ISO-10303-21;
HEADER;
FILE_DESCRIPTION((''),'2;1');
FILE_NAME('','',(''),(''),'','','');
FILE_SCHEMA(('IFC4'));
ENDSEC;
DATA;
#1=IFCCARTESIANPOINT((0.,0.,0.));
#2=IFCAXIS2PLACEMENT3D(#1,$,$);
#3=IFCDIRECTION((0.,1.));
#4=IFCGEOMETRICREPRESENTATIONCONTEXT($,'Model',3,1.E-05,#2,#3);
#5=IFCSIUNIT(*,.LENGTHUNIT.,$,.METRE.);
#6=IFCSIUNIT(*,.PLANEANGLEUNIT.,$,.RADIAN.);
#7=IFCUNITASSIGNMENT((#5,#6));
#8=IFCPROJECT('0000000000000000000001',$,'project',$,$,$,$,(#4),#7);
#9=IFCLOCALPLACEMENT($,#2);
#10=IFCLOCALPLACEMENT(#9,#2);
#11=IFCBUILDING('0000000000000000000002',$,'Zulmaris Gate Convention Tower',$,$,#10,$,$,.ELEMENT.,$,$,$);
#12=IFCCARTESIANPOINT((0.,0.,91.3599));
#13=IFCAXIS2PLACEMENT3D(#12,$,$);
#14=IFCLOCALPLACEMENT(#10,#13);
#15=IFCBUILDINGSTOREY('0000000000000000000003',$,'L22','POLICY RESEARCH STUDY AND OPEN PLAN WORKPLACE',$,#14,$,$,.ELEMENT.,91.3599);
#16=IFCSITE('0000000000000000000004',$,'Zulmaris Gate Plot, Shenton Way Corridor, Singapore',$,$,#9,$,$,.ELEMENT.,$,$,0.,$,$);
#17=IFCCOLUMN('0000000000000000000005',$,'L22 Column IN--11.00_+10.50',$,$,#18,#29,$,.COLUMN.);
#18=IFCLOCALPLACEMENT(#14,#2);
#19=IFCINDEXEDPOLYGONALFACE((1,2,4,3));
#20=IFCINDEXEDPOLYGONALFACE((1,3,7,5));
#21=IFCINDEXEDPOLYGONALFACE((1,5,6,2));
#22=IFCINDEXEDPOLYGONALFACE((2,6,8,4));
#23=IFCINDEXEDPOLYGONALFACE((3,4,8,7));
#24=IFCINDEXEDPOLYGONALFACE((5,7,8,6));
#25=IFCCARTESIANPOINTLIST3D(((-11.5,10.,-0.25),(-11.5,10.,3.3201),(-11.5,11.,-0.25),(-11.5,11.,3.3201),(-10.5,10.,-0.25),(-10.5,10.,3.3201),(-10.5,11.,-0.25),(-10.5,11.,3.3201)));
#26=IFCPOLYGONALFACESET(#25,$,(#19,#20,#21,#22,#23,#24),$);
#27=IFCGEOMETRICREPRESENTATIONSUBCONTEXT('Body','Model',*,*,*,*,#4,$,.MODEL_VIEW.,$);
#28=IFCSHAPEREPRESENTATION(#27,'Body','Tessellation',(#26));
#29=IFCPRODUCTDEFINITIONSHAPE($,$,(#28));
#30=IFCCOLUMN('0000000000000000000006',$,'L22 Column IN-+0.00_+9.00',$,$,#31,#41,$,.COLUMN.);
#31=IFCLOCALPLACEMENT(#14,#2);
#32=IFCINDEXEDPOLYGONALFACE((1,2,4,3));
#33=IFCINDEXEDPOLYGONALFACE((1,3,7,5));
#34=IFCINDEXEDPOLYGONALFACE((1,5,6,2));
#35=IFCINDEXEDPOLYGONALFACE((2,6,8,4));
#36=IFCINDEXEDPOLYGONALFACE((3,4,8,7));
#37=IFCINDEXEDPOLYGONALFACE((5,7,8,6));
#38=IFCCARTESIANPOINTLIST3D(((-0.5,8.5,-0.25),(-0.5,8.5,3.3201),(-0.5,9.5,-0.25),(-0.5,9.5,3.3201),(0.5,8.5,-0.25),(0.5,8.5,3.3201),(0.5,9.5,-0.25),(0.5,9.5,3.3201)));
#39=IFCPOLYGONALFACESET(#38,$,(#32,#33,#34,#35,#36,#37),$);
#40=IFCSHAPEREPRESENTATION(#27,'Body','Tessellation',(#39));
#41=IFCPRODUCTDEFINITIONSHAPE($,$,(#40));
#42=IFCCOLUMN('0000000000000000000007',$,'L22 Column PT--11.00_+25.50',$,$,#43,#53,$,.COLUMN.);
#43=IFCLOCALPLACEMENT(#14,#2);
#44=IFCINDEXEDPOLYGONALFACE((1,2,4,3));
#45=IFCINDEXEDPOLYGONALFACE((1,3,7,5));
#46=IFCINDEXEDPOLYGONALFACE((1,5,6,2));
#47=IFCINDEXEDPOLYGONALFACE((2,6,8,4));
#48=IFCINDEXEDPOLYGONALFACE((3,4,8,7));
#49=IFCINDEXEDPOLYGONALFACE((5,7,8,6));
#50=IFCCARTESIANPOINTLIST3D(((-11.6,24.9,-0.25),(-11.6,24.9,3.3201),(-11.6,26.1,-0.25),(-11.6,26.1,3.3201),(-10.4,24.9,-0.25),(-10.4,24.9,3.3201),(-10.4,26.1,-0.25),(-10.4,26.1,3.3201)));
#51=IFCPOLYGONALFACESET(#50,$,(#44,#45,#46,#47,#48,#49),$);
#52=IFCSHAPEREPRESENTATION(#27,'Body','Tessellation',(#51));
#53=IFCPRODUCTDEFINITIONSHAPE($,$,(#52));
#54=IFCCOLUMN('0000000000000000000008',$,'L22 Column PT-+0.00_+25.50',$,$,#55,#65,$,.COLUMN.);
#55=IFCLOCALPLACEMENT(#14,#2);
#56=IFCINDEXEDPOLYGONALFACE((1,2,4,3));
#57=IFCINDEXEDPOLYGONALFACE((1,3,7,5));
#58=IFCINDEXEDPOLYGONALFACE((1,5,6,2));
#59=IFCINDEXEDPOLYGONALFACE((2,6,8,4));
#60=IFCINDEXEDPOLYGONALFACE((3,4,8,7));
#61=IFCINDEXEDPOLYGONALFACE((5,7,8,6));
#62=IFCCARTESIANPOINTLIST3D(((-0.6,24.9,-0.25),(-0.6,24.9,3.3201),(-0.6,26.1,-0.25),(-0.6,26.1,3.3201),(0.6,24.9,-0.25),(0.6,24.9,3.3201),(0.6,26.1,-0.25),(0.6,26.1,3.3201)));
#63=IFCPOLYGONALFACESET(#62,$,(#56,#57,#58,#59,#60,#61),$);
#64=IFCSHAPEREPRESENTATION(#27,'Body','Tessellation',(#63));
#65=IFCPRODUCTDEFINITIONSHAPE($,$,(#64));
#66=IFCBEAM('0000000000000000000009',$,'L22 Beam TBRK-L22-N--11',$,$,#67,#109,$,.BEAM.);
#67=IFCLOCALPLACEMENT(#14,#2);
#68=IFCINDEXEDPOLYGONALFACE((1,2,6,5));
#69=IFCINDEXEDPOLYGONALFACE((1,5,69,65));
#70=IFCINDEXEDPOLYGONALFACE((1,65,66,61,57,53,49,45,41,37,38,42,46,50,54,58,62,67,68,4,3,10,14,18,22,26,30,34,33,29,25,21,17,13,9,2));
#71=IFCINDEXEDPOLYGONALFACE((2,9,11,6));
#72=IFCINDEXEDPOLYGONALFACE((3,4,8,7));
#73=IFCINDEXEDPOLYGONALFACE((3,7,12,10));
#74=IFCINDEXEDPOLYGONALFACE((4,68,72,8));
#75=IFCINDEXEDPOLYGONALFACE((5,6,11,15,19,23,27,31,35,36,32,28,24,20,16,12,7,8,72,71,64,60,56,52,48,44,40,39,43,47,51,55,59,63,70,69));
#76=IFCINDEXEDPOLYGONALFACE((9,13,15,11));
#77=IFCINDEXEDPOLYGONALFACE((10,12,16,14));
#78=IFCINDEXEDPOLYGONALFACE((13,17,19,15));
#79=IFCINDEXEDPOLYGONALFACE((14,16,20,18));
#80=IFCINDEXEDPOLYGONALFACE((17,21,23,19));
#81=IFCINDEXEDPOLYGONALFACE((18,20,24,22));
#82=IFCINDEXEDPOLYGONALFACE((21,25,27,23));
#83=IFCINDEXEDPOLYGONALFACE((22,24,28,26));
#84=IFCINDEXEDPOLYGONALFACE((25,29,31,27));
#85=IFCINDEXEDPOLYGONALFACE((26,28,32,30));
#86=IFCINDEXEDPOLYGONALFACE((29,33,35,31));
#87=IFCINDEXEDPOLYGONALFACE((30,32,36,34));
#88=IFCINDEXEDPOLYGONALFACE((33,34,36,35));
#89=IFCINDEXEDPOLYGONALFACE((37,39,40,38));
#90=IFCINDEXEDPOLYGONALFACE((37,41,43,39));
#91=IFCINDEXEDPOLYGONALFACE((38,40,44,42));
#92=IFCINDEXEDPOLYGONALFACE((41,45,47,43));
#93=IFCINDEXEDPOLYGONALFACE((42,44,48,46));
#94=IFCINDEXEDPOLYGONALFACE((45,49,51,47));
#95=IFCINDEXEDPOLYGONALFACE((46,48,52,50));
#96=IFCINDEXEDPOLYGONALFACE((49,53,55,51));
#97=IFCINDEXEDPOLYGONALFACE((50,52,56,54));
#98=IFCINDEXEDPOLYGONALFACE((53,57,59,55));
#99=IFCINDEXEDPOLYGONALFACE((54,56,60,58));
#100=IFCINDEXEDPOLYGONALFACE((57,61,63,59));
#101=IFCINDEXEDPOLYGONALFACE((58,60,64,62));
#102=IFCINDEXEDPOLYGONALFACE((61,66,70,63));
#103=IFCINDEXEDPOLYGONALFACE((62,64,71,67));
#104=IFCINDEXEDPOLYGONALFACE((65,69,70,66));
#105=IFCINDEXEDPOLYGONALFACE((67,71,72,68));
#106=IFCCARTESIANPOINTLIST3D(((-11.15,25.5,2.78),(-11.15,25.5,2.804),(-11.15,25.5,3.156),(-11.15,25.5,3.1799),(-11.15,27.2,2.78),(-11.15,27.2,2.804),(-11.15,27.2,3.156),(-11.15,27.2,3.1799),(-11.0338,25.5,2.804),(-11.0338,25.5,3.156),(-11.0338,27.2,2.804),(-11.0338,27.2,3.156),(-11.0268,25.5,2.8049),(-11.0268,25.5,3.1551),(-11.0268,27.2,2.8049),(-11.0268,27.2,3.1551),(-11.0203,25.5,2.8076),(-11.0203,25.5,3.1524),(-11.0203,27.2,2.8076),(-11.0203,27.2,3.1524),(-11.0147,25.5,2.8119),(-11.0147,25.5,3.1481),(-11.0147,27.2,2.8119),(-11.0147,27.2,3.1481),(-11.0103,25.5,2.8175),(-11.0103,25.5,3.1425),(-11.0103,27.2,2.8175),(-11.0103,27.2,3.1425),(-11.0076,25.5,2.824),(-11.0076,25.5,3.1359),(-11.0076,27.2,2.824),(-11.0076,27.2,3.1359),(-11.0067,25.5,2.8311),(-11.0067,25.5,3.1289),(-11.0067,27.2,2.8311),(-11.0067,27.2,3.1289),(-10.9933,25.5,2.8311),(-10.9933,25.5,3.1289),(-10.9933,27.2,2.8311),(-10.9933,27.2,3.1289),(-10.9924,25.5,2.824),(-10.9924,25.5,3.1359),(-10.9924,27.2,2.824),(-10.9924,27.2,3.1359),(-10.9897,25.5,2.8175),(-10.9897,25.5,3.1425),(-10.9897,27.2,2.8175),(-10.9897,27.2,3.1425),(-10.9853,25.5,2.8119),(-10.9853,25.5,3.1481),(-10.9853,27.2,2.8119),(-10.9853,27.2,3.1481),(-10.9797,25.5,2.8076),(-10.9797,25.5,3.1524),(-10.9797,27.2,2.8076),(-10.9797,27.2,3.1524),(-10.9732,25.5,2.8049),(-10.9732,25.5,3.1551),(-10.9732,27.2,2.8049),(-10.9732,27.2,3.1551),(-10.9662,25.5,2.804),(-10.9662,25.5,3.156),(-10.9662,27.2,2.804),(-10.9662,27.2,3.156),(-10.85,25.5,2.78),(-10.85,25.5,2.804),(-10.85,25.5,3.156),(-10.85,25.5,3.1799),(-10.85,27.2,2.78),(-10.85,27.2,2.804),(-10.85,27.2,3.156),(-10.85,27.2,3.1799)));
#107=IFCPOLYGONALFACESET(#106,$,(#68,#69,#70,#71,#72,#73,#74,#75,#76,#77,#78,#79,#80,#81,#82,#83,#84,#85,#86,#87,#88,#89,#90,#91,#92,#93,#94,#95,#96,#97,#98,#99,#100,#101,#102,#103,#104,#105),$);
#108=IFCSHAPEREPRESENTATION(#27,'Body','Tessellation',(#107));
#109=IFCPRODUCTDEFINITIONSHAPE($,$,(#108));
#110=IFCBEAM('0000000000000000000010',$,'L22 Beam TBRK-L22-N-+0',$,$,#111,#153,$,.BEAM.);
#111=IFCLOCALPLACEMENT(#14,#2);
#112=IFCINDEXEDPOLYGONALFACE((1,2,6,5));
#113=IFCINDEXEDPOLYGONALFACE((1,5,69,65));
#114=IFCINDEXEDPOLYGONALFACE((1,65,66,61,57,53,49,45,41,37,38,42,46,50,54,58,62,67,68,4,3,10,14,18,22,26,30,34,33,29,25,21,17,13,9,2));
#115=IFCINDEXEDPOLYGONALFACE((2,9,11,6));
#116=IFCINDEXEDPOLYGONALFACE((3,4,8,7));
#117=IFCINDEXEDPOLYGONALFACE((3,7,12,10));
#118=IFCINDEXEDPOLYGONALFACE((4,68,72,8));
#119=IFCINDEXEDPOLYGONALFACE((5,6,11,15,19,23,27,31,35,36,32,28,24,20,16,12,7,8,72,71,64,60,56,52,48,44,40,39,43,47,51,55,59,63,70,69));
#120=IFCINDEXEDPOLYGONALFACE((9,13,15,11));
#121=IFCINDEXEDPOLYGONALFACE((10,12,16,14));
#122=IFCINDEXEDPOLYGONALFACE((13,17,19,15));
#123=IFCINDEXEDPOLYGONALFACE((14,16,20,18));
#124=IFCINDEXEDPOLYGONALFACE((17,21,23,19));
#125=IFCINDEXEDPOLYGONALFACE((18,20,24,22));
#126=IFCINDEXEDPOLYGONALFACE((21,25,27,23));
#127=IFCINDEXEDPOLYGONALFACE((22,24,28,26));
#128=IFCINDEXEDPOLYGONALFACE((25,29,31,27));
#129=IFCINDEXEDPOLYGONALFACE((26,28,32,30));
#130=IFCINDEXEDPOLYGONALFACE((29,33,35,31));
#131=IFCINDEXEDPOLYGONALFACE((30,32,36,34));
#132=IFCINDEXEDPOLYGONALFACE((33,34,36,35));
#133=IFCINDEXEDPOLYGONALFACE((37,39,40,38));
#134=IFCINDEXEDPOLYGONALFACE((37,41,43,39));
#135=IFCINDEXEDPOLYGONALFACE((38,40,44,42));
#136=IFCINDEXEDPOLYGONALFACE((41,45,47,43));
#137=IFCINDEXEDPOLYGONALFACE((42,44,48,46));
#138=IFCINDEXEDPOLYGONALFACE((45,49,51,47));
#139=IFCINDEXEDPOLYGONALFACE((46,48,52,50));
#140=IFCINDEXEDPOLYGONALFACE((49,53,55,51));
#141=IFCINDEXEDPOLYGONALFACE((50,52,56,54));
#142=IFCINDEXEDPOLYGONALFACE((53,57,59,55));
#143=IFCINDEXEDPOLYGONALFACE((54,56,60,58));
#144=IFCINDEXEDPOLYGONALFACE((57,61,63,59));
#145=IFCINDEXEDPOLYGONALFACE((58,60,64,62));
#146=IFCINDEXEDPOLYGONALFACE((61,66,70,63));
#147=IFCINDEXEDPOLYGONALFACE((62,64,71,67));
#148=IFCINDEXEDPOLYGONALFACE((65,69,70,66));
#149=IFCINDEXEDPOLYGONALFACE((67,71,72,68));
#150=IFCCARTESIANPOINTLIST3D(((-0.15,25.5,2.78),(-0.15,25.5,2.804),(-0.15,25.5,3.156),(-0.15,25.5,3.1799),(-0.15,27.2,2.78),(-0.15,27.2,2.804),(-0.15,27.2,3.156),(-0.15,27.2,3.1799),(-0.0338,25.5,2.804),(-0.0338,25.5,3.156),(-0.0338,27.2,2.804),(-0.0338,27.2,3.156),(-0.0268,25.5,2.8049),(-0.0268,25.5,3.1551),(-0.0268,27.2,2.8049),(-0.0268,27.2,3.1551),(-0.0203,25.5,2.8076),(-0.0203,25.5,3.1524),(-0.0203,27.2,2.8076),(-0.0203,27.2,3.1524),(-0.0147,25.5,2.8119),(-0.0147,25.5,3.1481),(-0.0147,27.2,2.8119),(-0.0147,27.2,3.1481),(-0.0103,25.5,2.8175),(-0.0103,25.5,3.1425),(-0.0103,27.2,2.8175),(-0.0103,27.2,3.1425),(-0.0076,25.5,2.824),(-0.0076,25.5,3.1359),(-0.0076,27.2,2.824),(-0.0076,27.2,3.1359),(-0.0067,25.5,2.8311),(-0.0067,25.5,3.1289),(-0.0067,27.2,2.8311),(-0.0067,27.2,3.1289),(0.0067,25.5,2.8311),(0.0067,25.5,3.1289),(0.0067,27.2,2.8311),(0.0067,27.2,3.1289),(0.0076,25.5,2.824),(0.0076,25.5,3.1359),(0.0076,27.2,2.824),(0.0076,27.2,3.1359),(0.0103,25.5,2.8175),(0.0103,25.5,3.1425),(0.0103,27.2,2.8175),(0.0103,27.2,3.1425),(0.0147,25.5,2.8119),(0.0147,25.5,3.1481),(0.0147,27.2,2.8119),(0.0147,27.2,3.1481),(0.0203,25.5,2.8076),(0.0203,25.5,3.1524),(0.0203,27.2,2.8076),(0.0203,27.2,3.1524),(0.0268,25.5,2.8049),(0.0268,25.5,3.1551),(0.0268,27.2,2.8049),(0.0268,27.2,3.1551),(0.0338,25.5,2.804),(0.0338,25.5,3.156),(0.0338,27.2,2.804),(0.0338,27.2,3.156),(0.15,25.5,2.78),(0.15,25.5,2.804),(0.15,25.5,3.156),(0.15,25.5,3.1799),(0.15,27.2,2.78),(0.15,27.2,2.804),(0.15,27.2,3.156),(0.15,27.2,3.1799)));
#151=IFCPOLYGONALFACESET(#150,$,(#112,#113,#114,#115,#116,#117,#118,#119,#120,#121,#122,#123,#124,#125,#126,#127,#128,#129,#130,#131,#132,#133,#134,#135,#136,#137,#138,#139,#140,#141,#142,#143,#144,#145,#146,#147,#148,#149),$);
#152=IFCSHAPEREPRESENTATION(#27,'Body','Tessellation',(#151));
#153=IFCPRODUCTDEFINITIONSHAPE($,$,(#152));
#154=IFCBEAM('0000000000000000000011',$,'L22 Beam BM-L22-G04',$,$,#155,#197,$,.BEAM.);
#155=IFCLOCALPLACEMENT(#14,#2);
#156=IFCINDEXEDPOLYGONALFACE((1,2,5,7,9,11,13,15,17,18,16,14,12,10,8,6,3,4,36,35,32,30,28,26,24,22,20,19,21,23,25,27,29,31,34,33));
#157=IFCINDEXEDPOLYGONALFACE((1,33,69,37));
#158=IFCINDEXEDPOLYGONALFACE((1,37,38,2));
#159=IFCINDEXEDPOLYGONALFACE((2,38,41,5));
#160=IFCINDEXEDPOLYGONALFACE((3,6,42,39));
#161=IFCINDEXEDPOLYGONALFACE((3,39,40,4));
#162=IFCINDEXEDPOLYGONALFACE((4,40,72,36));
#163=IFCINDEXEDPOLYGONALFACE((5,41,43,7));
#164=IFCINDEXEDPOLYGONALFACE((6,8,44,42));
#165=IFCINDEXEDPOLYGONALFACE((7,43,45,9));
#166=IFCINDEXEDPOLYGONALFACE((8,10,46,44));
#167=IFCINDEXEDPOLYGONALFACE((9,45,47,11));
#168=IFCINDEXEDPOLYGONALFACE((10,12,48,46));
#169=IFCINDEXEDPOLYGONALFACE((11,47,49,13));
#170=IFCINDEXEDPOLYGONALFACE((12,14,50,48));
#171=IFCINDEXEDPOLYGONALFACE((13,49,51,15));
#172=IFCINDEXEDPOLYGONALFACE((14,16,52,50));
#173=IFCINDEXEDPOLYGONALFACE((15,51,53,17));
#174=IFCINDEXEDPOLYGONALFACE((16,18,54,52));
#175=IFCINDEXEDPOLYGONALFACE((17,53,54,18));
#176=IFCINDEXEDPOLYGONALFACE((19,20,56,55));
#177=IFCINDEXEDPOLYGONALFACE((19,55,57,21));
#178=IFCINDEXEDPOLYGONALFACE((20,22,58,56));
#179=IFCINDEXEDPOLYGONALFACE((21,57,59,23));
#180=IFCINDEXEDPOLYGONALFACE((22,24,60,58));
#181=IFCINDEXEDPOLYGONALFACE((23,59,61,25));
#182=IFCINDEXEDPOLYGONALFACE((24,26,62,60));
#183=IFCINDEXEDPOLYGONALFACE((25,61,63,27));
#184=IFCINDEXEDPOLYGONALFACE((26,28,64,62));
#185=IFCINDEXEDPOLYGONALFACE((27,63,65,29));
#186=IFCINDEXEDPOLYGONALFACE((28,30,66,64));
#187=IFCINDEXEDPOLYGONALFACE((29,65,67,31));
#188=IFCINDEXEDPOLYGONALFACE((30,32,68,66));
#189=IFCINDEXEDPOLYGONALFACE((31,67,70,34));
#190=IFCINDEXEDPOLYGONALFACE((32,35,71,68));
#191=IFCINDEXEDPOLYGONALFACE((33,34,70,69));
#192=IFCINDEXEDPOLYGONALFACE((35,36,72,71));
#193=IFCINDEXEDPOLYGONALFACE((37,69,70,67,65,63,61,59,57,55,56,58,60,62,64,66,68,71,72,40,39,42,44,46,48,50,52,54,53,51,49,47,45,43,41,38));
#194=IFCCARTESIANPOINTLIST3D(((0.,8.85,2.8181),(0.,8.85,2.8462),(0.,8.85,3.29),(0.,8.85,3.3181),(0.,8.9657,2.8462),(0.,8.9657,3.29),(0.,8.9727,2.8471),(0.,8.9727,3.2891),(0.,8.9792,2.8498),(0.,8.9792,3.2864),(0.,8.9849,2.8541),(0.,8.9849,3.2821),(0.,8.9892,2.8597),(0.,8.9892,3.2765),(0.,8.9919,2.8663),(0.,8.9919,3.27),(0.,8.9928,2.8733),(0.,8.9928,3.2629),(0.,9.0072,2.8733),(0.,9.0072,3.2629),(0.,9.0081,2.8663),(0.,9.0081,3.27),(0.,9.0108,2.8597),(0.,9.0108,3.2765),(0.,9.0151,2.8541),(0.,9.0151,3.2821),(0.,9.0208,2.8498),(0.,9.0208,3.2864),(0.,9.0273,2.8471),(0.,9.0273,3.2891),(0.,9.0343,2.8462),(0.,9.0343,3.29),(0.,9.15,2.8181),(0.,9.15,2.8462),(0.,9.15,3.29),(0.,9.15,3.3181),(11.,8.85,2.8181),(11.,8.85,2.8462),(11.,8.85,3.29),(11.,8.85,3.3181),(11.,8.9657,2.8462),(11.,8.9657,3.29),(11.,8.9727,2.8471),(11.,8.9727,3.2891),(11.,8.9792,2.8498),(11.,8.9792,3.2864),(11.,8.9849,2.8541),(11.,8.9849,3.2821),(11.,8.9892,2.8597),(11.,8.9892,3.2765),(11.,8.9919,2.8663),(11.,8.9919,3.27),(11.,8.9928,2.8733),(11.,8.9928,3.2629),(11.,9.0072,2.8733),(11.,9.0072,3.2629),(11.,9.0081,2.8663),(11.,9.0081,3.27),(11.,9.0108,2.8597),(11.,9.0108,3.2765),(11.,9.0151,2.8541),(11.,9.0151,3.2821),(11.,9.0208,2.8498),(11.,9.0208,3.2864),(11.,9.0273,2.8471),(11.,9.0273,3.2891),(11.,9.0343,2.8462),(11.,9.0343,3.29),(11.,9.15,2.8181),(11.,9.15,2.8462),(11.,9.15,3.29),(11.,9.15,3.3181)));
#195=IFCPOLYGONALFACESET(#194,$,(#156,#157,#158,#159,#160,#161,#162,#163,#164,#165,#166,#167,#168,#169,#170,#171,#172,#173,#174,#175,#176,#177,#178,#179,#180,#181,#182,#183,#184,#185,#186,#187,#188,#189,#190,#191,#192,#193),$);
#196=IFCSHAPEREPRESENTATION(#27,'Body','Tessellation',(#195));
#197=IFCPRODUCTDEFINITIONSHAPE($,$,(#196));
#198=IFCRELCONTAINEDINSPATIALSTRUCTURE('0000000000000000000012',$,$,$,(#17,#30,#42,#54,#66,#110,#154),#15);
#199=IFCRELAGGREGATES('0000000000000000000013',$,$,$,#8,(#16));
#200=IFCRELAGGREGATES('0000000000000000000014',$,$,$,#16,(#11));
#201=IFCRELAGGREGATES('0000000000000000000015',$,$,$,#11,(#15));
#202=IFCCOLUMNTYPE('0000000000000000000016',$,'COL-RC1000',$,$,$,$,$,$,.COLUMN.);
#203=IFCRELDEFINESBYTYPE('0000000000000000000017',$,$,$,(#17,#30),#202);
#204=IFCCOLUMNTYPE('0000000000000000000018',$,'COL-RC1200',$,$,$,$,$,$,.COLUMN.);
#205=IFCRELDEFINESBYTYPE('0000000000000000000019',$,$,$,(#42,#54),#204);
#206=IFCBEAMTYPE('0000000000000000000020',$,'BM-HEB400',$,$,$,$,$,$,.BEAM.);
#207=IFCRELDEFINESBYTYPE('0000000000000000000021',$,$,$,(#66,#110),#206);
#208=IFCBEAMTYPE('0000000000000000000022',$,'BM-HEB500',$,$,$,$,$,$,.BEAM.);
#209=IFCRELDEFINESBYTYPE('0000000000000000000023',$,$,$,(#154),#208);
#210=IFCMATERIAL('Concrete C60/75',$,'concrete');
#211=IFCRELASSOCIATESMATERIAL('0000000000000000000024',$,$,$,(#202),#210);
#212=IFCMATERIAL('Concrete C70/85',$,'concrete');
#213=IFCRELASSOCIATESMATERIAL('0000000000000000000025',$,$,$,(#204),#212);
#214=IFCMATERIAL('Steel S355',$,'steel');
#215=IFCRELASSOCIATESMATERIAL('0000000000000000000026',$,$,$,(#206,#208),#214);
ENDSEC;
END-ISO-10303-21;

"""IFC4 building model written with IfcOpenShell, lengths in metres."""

from ifc_helpers import new_model, si_unit, direction, frame, origin, origin_2d, place, context, subcontext, project, spatial, rectangle, i_section, extrude, material, material_profile, profile_set, type_object, element, save


model = new_model("IFC4")

# Units and contexts
model_context = context("Model", 3, precision=1e-05, world=origin(), true_north=direction((0.0, 1.0)))
body_context = subcontext(model_context, "Body", "Model", "MODEL_VIEW")
ifc_project = project(units=[si_unit("LENGTHUNIT", "METRE"), si_unit("PLANEANGLEUNIT", "RADIAN")], contexts=[model_context])

# Site, building, storey
site_placement = place(None, origin())
site = spatial("IfcSite", under=ifc_project, at=site_placement, Name="Zulmaris Gate Plot, Shenton Way Corridor, Singapore", CompositionType="ELEMENT", RefElevation=0.0)
building_placement = place(site_placement, origin())
building = spatial("IfcBuilding", under=site, at=building_placement, Name="Zulmaris Gate Convention Tower", CompositionType="ELEMENT")
storey_placement = place(building_placement, frame((0.0, 0.0, 91.3599)))
storey = spatial("IfcBuildingStorey", under=building, at=storey_placement, Name="L22", Description="POLICY RESEARCH STUDY AND OPEN PLAN WORKPLACE", CompositionType="ELEMENT", Elevation=91.3599)

# Columns
ifc_material_1 = material(Name="Concrete C60/75", Category="concrete")
ifc_material_profile_1 = material_profile(ifc_material_1, rectangle(XDim=1.0, YDim=1.0, at=origin_2d()), Name="RC COL 1000x1000")
ifc_profile_set_1 = profile_set([ifc_material_profile_1], Name="Concrete C60/75")
column_type_1 = type_object("IfcColumnType", Name="COL-RC1000", PredefinedType="COLUMN", material=ifc_profile_set_1)
for number, where, z_axis, x_axis, name in (
    (1, (-11.0, 10.5, -0.25), (0.0, 0.0, 1.0), (1.0, 0.0, 0.0), "L22 Column IN--11.00_+10.50"),
    (2, (0.0, 9.0, -0.25), (0.0, 0.0, 1.0), (1.0, 0.0, 0.0), "L22 Column IN-+0.00_+9.00"),
):
    element("IfcColumn", number, at=place(storey_placement, frame(where, z_axis=z_axis, x_axis=x_axis)), inside=storey, type_object=column_type_1, Name=name, PredefinedType="COLUMN", context=body_context, shape_type="SweptSolid", body=[
        extrude(rectangle(XDim=1.0, YDim=1.0, at=origin_2d()), origin(), (0.0, 0.0, 1.0), 3.5701),
    ])
ifc_material_2 = material(Name="Concrete C70/85", Category="concrete")
ifc_material_profile_2 = material_profile(ifc_material_2, rectangle(XDim=1.2, YDim=1.2, at=origin_2d()), Name="RC COL 1200x1200")
ifc_profile_set_2 = profile_set([ifc_material_profile_2], Name="Concrete C70/85")
column_type_2 = type_object("IfcColumnType", Name="COL-RC1200", PredefinedType="COLUMN", material=ifc_profile_set_2)
for number, where, z_axis, x_axis, name in (
    (3, (-11.0, 25.5, -0.25), (0.0, 0.0, 1.0), (1.0, 0.0, 0.0), "L22 Column PT--11.00_+25.50"),
    (4, (0.0, 25.5, -0.25), (0.0, 0.0, 1.0), (1.0, 0.0, 0.0), "L22 Column PT-+0.00_+25.50"),
):
    element("IfcColumn", number, at=place(storey_placement, frame(where, z_axis=z_axis, x_axis=x_axis)), inside=storey, type_object=column_type_2, Name=name, PredefinedType="COLUMN", context=body_context, shape_type="SweptSolid", body=[
        extrude(rectangle(XDim=1.2, YDim=1.2, at=origin_2d()), origin(), (0.0, 0.0, 1.0), 3.5701),
    ])

# Beams
ifc_material_3 = material(Name="Steel S355", Category="steel")
ifc_material_profile_3 = material_profile(ifc_material_3, i_section(OverallWidth=0.3, OverallDepth=0.3999, WebThickness=0.0134, FlangeThickness=0.0239, FilletRadius=0.0271, at=origin_2d()), Name="HEB 400")
ifc_profile_set_3 = profile_set([ifc_material_profile_3], Name="Steel S355")
beam_type_1 = type_object("IfcBeamType", Name="BM-HEB400", PredefinedType="BEAM", material=ifc_profile_set_3)
for number, where, z_axis, x_axis, name in (
    (5, (-11.0, 25.5, 2.98), (0.0, 1.0, 0.0), (-1.0, 0.0, 0.0), "L22 Beam TBRK-L22-N--11"),
    (6, (0.0, 25.5, 2.98), (0.0, 1.0, 0.0), (-1.0, 0.0, 0.0), "L22 Beam TBRK-L22-N-+0"),
):
    element("IfcBeam", number, at=place(storey_placement, frame(where, z_axis=z_axis, x_axis=x_axis)), inside=storey, type_object=beam_type_1, Name=name, PredefinedType="BEAM", context=body_context, shape_type="SweptSolid", body=[
        extrude(i_section(OverallWidth=0.3, OverallDepth=0.3999, WebThickness=0.0134, FlangeThickness=0.0239, FilletRadius=0.0271, at=origin_2d()), origin(), (0.0, 0.0, 1.0), 1.7),
    ])
ifc_material_profile_4 = material_profile(ifc_material_3, i_section(OverallWidth=0.3, OverallDepth=0.5, WebThickness=0.0144, FlangeThickness=0.0281, FilletRadius=0.0271, at=origin_2d()), Name="HEB 500")
ifc_profile_set_4 = profile_set([ifc_material_profile_4], Name="Steel S355")
beam_type_2 = type_object("IfcBeamType", Name="BM-HEB500", PredefinedType="BEAM", material=ifc_profile_set_4)
beam_1_placement = place(storey_placement, frame((0.0, 9.0, 3.0681), z_axis=(1.0, 0.0, 0.0), x_axis=(0.0, 1.0, 0.0)))
element("IfcBeam", 7, at=beam_1_placement, inside=storey, type_object=beam_type_2, Name="L22 Beam BM-L22-G04", PredefinedType="BEAM", context=body_context, shape_type="SweptSolid", body=[
    extrude(i_section(OverallWidth=0.3, OverallDepth=0.5, WebThickness=0.0144, FlangeThickness=0.0281, FilletRadius=0.0271, at=origin_2d()), origin(), (0.0, 0.0, 1.0), 11.0),
])

save(model, "model.ifc")
